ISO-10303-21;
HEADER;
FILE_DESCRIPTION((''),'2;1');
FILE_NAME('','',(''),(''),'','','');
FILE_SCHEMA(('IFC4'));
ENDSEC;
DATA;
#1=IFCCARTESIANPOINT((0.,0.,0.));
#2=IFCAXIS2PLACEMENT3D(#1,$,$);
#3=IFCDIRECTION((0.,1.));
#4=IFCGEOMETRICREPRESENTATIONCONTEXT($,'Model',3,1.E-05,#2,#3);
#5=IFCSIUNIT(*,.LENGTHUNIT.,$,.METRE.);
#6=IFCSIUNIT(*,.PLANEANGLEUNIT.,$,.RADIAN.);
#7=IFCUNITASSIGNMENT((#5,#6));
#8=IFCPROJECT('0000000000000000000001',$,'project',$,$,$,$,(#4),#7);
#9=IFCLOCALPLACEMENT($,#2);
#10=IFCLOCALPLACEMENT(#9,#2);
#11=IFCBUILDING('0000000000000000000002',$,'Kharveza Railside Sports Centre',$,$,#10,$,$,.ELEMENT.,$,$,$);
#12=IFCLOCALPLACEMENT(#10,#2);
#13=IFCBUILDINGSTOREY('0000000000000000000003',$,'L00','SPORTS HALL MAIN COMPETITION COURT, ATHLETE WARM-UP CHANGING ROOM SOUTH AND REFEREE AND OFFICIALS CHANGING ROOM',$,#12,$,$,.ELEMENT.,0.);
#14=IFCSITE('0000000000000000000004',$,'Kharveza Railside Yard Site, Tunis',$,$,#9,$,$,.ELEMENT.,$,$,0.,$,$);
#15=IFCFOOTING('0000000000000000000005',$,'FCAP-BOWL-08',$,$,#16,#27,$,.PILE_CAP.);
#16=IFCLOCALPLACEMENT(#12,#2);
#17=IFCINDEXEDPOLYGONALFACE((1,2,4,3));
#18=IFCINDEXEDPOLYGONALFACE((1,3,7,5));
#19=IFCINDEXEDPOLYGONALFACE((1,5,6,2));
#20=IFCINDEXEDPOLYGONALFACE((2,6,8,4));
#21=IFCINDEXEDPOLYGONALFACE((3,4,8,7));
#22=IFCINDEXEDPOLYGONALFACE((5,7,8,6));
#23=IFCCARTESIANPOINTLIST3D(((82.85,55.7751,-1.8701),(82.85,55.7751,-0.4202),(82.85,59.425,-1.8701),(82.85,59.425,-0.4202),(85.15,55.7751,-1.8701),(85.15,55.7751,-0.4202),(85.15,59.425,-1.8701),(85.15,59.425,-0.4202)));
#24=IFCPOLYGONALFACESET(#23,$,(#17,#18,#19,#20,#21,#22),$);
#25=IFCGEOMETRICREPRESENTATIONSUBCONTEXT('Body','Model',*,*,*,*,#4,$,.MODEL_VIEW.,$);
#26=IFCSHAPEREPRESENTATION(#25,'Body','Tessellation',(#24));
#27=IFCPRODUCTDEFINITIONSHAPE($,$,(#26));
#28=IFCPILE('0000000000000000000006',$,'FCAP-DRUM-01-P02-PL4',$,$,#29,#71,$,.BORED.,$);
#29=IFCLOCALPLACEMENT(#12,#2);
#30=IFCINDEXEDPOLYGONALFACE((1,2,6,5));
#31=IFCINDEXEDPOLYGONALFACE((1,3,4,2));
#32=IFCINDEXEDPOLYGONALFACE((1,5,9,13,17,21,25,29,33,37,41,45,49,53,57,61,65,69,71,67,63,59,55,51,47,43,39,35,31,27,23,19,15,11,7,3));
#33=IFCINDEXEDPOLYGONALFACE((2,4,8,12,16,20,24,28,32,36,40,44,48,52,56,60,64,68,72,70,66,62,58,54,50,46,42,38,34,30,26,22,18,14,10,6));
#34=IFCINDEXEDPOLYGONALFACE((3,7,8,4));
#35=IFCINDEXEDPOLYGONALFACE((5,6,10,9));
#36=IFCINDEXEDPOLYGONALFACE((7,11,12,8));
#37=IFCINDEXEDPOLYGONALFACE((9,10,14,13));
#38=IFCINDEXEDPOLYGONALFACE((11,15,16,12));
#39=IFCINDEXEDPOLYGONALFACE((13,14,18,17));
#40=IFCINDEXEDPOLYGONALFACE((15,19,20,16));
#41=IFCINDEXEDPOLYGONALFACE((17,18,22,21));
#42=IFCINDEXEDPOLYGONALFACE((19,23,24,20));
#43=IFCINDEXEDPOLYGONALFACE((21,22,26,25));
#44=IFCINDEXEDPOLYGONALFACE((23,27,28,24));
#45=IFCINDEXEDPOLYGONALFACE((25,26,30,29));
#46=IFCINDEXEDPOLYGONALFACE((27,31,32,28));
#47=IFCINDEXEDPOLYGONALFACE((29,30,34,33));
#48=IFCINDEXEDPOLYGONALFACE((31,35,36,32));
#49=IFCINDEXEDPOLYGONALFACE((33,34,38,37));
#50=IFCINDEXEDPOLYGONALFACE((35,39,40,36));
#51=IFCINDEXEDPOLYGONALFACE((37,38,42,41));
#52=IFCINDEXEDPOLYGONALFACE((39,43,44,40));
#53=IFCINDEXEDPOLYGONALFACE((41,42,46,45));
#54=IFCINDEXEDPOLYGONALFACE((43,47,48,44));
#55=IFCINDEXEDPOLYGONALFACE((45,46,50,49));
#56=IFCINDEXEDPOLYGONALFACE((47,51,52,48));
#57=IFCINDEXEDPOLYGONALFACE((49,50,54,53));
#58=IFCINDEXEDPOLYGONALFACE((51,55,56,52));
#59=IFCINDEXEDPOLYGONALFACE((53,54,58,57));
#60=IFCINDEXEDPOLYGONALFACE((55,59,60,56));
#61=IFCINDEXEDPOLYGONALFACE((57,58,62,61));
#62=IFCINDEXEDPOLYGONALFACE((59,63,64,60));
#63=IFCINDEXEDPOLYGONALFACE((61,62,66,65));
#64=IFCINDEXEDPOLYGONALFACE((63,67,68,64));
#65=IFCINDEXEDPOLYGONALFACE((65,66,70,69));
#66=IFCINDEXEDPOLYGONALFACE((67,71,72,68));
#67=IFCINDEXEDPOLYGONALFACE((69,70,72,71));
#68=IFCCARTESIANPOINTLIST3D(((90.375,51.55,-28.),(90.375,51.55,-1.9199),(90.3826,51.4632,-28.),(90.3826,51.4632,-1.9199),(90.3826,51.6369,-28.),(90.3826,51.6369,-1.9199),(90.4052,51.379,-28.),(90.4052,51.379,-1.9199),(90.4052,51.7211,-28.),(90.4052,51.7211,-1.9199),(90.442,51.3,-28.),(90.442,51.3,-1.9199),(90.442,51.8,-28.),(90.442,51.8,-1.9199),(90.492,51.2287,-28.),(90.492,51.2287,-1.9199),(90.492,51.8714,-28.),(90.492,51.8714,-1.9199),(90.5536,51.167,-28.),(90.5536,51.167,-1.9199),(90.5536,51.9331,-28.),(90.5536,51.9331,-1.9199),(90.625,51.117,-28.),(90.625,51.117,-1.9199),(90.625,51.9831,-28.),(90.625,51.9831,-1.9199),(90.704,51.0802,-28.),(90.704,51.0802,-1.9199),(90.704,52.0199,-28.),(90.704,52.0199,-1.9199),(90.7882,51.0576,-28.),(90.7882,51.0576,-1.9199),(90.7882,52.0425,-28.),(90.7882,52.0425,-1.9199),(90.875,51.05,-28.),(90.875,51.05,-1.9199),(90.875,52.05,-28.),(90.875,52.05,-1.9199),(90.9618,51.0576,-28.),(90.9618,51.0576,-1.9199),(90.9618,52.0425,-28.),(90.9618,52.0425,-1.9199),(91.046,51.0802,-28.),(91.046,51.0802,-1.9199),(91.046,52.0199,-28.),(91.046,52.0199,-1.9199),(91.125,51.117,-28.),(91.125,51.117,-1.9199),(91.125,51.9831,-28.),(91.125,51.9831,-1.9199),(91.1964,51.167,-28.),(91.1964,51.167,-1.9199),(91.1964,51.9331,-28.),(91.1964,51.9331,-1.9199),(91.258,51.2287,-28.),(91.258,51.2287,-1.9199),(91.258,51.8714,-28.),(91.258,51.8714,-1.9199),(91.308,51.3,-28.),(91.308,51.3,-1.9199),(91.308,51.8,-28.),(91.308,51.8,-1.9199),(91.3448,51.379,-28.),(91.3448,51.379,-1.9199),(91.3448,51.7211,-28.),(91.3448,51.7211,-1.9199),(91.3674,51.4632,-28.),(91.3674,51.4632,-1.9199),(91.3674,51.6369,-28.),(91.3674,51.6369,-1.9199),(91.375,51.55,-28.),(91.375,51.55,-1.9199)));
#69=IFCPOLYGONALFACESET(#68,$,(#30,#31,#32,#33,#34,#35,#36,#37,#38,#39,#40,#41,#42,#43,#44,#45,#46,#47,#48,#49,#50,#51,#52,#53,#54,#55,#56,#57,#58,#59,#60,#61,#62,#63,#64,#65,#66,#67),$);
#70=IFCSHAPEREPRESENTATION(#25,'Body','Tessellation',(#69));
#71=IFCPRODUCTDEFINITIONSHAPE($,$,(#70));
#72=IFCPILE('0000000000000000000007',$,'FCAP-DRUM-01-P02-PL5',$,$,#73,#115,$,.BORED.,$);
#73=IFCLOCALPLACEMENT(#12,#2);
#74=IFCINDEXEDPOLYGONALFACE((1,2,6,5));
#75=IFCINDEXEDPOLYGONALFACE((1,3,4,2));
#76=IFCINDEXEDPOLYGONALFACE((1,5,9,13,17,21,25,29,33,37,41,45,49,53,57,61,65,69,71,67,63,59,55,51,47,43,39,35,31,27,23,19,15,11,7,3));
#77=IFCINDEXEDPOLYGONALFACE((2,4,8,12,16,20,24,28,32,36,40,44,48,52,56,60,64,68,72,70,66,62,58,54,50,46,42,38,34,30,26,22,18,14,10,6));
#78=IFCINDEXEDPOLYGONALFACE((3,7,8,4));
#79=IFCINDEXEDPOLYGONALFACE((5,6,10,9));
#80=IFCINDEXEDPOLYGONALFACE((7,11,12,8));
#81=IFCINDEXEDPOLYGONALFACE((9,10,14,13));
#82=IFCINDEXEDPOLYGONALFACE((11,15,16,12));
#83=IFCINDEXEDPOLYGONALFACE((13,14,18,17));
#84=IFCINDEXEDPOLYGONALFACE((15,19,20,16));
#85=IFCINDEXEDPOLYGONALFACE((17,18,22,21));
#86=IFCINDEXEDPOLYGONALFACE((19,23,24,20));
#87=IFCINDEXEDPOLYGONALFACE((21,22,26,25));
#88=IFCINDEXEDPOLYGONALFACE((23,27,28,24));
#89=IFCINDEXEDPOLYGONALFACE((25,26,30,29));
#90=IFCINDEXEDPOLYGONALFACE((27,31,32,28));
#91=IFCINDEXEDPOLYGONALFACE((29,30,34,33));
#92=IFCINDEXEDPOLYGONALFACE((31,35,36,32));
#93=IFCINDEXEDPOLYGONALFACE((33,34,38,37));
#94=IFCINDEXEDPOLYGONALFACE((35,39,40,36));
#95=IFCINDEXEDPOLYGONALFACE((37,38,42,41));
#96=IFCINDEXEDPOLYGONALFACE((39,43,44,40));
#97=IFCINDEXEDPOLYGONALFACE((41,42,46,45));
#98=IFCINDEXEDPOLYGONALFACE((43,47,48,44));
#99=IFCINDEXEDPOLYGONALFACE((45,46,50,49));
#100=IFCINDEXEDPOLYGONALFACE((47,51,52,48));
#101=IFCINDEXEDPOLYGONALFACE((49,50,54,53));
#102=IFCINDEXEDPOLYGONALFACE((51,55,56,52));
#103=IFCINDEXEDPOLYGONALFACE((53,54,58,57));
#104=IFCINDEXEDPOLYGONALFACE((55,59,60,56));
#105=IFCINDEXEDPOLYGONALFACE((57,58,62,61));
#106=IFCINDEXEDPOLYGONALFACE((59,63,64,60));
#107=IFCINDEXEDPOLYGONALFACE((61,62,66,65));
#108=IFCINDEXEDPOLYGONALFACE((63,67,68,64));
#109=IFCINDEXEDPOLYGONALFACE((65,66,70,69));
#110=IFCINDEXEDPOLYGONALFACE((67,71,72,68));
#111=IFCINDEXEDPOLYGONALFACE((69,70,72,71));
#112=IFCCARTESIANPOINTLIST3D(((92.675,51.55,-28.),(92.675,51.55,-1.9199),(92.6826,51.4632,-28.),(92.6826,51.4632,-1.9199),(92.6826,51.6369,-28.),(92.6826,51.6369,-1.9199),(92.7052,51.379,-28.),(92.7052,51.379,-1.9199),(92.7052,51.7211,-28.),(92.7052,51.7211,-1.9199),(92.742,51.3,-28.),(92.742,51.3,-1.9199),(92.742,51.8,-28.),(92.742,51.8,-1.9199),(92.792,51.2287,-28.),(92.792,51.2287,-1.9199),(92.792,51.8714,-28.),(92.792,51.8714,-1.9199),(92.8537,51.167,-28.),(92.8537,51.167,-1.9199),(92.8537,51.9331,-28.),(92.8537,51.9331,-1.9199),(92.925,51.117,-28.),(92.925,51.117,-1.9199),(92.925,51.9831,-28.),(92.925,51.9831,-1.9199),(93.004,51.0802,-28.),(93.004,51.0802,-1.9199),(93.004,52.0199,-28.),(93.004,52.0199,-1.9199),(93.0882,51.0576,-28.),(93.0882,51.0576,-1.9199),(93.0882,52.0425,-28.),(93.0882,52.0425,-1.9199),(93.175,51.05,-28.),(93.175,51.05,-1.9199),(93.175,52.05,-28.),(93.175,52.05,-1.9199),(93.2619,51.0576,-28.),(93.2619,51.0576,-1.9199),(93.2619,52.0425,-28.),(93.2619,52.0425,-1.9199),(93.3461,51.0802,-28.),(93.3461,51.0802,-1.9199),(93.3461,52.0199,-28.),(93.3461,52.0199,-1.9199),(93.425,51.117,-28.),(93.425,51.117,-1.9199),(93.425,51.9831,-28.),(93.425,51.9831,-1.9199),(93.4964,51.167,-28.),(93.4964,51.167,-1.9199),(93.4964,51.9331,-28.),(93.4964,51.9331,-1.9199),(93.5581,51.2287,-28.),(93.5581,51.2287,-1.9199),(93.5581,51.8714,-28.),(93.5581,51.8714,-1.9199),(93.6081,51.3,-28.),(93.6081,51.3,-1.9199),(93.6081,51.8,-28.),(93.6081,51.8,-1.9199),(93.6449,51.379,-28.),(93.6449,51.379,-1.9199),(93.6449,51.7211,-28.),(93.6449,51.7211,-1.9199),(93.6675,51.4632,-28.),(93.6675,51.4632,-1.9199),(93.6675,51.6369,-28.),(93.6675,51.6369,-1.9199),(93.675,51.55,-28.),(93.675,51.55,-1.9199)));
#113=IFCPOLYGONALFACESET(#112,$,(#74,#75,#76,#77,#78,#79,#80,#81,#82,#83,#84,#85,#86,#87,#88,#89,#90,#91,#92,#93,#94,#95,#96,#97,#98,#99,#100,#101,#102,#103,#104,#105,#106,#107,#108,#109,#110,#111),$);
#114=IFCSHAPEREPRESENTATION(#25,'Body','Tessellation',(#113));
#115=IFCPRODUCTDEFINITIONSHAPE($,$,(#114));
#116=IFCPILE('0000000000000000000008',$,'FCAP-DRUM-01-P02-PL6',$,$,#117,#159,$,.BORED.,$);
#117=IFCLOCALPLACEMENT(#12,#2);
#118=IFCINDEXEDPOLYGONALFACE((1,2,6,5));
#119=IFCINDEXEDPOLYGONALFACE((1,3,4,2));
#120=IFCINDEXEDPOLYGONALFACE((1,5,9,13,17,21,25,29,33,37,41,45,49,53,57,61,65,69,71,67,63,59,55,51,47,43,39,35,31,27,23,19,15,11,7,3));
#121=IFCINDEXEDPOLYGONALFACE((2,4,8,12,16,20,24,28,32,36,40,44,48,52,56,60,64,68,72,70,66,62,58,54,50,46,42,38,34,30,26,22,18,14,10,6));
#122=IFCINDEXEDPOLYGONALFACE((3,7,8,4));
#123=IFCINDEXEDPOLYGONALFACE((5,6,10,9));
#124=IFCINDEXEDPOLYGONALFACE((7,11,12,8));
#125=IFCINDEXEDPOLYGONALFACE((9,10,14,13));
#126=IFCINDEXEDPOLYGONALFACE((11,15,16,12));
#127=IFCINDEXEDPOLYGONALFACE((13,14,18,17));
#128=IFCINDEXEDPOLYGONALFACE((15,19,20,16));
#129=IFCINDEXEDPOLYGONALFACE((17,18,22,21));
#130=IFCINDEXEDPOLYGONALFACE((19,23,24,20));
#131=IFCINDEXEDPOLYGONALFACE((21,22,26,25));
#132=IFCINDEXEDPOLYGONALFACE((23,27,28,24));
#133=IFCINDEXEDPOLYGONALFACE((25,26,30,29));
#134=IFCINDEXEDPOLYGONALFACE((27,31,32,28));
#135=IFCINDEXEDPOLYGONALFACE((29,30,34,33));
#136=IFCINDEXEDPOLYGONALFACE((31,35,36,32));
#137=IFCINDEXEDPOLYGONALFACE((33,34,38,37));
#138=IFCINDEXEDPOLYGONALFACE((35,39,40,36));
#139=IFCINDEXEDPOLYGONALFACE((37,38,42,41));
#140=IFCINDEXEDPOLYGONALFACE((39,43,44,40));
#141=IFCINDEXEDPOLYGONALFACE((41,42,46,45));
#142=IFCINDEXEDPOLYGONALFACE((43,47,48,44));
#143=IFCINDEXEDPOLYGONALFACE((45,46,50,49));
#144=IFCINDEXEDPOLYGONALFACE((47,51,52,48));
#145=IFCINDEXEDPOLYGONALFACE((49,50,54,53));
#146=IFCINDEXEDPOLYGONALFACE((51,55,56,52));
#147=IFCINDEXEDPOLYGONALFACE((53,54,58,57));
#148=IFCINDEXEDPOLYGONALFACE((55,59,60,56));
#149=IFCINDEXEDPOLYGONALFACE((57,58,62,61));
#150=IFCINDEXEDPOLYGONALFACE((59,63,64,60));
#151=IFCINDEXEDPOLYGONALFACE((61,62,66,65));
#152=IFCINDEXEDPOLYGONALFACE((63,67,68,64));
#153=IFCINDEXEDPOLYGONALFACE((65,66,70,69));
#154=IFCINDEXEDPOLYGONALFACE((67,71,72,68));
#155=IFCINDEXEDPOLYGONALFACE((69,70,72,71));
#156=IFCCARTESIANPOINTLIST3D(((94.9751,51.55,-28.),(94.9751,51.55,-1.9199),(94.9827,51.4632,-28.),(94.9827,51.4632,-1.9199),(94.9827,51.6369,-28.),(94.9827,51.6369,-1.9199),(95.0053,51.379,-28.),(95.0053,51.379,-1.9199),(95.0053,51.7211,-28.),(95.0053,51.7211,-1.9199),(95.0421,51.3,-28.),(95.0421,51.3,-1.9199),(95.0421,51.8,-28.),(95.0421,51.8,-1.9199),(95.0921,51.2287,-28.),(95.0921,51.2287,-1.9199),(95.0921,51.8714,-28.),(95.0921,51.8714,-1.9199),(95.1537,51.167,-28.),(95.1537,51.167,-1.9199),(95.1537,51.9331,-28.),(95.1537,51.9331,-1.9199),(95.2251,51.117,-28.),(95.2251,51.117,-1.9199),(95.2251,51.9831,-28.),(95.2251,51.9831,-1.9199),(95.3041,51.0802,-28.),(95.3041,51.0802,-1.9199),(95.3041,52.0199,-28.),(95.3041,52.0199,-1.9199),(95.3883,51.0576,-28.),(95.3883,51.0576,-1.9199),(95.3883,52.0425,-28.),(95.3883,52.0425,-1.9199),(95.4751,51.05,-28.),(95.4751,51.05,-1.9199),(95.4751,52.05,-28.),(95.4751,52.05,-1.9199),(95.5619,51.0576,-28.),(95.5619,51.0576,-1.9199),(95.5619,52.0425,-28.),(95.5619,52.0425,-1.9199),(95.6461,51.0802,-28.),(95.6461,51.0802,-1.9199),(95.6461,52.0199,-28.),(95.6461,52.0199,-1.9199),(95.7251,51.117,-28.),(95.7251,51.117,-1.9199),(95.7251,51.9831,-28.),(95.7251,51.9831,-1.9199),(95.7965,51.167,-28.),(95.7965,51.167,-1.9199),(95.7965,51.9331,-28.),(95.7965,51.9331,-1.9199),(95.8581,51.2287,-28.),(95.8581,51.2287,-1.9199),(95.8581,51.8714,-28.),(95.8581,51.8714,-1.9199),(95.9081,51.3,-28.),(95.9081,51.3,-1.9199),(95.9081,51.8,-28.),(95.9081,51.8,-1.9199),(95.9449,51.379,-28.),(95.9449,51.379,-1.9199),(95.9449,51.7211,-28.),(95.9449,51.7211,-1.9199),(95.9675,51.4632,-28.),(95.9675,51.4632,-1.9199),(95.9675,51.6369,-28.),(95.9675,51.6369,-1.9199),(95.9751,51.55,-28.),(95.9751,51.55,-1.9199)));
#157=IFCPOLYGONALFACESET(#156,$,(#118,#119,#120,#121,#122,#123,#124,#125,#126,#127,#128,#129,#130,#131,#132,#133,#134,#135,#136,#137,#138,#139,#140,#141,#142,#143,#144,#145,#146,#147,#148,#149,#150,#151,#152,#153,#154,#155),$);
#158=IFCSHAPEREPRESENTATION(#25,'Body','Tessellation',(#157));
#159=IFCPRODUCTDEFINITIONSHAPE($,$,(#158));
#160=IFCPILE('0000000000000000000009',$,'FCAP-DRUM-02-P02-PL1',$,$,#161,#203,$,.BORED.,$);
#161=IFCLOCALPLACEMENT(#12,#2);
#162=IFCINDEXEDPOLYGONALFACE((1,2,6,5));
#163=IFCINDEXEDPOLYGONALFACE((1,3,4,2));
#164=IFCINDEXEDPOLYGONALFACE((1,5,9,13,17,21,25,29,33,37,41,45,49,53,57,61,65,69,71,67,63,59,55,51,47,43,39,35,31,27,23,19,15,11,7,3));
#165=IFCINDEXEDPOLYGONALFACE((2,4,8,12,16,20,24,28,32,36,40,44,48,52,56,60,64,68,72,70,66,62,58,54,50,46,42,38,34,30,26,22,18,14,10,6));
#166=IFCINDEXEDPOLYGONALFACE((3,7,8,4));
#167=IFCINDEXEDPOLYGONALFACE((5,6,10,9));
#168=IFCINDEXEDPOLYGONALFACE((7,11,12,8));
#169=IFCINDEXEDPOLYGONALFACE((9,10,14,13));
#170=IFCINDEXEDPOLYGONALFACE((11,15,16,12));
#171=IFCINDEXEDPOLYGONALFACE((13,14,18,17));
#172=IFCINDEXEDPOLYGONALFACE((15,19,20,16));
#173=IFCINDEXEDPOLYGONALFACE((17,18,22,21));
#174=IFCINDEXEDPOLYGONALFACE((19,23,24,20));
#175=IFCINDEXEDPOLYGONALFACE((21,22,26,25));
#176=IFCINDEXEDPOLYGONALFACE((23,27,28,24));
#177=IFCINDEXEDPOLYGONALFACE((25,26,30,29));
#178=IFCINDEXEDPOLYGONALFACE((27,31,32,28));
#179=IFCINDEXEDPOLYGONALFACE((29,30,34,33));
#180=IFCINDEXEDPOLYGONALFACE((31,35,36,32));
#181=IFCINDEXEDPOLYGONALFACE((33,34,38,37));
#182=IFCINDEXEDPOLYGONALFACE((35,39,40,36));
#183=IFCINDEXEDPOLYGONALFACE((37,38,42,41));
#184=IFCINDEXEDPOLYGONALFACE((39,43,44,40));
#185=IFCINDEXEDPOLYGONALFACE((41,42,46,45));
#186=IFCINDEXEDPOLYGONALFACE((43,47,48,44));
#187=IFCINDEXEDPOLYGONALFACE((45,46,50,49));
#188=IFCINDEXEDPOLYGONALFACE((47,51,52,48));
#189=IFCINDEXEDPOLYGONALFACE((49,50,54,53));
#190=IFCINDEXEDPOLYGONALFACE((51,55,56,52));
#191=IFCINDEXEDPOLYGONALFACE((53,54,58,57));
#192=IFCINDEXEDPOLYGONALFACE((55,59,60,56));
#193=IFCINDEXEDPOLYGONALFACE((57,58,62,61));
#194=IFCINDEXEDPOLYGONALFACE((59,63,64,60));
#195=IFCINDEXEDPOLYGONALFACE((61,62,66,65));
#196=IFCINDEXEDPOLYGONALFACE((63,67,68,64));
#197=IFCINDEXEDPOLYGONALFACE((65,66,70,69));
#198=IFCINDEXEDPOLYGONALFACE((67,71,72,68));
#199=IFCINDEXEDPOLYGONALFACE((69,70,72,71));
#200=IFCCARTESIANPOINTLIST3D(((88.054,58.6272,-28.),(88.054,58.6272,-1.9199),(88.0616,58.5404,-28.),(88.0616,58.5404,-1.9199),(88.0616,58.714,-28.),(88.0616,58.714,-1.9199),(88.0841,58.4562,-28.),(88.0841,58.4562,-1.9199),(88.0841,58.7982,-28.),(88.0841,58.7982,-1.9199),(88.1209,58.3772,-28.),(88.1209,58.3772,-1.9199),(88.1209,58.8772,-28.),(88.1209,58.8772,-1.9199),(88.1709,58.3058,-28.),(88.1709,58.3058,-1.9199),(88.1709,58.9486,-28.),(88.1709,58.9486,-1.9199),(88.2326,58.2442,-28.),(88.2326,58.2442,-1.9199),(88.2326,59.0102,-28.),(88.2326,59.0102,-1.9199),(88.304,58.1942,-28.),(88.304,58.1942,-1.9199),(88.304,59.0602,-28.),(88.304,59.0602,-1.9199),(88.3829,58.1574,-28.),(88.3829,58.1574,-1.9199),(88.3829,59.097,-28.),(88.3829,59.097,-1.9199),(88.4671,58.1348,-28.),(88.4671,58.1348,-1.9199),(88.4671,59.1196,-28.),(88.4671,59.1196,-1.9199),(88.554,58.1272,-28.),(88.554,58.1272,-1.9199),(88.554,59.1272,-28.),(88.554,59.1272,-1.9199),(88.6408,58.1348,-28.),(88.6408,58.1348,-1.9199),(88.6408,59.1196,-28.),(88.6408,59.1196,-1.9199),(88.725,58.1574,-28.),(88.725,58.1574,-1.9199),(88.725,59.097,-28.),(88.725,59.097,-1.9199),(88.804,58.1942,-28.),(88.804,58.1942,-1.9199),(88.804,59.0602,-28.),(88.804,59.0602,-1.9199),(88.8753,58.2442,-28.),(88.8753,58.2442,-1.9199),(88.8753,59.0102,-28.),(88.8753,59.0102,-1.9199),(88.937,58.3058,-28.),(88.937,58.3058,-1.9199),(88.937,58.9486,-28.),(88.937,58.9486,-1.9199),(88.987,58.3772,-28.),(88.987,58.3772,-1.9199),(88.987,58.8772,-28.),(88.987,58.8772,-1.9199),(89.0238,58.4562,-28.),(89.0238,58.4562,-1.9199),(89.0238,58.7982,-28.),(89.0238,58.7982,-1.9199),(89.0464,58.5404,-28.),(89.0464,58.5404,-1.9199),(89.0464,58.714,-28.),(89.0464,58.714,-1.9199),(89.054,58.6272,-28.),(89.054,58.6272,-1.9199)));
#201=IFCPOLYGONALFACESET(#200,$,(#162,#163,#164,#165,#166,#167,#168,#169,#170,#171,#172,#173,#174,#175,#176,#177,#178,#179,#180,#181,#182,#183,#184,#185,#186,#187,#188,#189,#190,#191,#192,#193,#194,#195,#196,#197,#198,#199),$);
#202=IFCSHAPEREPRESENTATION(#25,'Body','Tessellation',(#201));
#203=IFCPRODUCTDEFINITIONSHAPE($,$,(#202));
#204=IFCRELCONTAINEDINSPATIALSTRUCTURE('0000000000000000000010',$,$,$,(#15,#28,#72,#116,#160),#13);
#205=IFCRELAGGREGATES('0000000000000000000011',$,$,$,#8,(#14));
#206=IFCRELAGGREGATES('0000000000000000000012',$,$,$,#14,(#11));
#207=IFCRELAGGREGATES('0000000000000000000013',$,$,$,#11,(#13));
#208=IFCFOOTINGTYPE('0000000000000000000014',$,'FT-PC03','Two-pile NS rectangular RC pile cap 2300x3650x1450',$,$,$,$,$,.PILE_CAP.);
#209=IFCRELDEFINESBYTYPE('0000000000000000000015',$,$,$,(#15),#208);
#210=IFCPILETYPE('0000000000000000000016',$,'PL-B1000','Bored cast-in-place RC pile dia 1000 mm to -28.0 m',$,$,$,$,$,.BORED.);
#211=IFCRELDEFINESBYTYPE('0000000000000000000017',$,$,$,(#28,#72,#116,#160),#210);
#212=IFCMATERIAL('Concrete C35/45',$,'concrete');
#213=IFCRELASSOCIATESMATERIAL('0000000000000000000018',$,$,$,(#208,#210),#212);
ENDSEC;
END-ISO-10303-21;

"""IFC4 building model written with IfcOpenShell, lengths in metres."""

from ifc_helpers import new_model, si_unit, direction, frame, origin, origin_2d, place, context, subcontext, project, spatial, rectangle, circle, extrude, material, material_profile, profile_set, type_object, element, save


model = new_model("IFC4")

# Units and contexts
model_context = context("Model", 3, precision=1e-05, world=origin(), true_north=direction((0.0, 1.0)))
body_context = subcontext(model_context, "Body", "Model", "MODEL_VIEW")
ifc_project = project(units=[si_unit("LENGTHUNIT", "METRE"), si_unit("PLANEANGLEUNIT", "RADIAN")], contexts=[model_context])

# Site, building, storey
site_placement = place(None, origin())
site = spatial("IfcSite", under=ifc_project, at=site_placement, Name="Kharveza Railside Yard Site, Tunis", CompositionType="ELEMENT", RefElevation=0.0)
building_placement = place(site_placement, origin())
building = spatial("IfcBuilding", under=site, at=building_placement, Name="Kharveza Railside Sports Centre", CompositionType="ELEMENT")
storey_placement = place(building_placement, origin())
storey = spatial("IfcBuildingStorey", under=building, at=storey_placement, Name="L00", Description="SPORTS HALL MAIN COMPETITION COURT, ATHLETE WARM-UP CHANGING ROOM SOUTH AND REFEREE AND OFFICIALS CHANGING ROOM", CompositionType="ELEMENT", Elevation=0.0)

# Footing
ifc_material_1 = material(Name="Concrete C35/45", Category="concrete")
footing_type = type_object("IfcFootingType", Name="FT-PC03", Description="Two-pile NS rectangular RC pile cap 2300x3650x1450", PredefinedType="PILE_CAP", material=ifc_material_1)
footing_placement = place(storey_placement, frame((84.0, 57.6001, -1.8701), z_axis=(0.0, 0.0, 1.0), x_axis=(1.0, 0.0, 0.0)))
element("IfcFooting", 1, at=footing_placement, inside=storey, type_object=footing_type, Name="FCAP-BOWL-08", PredefinedType="PILE_CAP", context=body_context, shape_type="SweptSolid", body=[
    extrude(rectangle(XDim=2.3, YDim=3.6499, at=origin_2d()), origin(), (0.0, 0.0, 1.0), 1.45),
])

# Piles
ifc_material_profile_1 = material_profile(ifc_material_1, circle(Radius=0.5, at=origin_2d()), Name="PILE D1000")
ifc_profile_set_1 = profile_set([ifc_material_profile_1], Name="Concrete C35/45")
pile_type_1 = type_object("IfcPileType", Name="PL-B1000", Description="Bored cast-in-place RC pile dia 1000 mm to -28.0 m", PredefinedType="BORED", material=ifc_profile_set_1)
for number, where, z_axis, x_axis, name in (
    (2, (90.875, 51.55, -1.9199), (0.0, 0.0, -1.0), (1.0, 0.0, 0.0), "FCAP-DRUM-01-P02-PL4"),
    (3, (93.175, 51.55, -1.9199), (0.0, 0.0, -1.0), (1.0, 0.0, 0.0), "FCAP-DRUM-01-P02-PL5"),
    (4, (95.4751, 51.55, -1.9199), (0.0, 0.0, -1.0), (1.0, 0.0, 0.0), "FCAP-DRUM-01-P02-PL6"),
    (5, (88.554, 58.6272, -1.9199), (0.0, 0.0, -1.0), (1.0, 0.0, 0.0), "FCAP-DRUM-02-P02-PL1"),
):
    element("IfcPile", number, at=place(storey_placement, frame(where, z_axis=z_axis, x_axis=x_axis)), inside=storey, type_object=pile_type_1, Name=name, PredefinedType="BORED", context=body_context, shape_type="SweptSolid", body=[
        extrude(circle(Radius=0.5, at=origin_2d()), origin(), (0.0, 0.0, 1.0), 26.0801),
    ])

save(model, "model.ifc")
